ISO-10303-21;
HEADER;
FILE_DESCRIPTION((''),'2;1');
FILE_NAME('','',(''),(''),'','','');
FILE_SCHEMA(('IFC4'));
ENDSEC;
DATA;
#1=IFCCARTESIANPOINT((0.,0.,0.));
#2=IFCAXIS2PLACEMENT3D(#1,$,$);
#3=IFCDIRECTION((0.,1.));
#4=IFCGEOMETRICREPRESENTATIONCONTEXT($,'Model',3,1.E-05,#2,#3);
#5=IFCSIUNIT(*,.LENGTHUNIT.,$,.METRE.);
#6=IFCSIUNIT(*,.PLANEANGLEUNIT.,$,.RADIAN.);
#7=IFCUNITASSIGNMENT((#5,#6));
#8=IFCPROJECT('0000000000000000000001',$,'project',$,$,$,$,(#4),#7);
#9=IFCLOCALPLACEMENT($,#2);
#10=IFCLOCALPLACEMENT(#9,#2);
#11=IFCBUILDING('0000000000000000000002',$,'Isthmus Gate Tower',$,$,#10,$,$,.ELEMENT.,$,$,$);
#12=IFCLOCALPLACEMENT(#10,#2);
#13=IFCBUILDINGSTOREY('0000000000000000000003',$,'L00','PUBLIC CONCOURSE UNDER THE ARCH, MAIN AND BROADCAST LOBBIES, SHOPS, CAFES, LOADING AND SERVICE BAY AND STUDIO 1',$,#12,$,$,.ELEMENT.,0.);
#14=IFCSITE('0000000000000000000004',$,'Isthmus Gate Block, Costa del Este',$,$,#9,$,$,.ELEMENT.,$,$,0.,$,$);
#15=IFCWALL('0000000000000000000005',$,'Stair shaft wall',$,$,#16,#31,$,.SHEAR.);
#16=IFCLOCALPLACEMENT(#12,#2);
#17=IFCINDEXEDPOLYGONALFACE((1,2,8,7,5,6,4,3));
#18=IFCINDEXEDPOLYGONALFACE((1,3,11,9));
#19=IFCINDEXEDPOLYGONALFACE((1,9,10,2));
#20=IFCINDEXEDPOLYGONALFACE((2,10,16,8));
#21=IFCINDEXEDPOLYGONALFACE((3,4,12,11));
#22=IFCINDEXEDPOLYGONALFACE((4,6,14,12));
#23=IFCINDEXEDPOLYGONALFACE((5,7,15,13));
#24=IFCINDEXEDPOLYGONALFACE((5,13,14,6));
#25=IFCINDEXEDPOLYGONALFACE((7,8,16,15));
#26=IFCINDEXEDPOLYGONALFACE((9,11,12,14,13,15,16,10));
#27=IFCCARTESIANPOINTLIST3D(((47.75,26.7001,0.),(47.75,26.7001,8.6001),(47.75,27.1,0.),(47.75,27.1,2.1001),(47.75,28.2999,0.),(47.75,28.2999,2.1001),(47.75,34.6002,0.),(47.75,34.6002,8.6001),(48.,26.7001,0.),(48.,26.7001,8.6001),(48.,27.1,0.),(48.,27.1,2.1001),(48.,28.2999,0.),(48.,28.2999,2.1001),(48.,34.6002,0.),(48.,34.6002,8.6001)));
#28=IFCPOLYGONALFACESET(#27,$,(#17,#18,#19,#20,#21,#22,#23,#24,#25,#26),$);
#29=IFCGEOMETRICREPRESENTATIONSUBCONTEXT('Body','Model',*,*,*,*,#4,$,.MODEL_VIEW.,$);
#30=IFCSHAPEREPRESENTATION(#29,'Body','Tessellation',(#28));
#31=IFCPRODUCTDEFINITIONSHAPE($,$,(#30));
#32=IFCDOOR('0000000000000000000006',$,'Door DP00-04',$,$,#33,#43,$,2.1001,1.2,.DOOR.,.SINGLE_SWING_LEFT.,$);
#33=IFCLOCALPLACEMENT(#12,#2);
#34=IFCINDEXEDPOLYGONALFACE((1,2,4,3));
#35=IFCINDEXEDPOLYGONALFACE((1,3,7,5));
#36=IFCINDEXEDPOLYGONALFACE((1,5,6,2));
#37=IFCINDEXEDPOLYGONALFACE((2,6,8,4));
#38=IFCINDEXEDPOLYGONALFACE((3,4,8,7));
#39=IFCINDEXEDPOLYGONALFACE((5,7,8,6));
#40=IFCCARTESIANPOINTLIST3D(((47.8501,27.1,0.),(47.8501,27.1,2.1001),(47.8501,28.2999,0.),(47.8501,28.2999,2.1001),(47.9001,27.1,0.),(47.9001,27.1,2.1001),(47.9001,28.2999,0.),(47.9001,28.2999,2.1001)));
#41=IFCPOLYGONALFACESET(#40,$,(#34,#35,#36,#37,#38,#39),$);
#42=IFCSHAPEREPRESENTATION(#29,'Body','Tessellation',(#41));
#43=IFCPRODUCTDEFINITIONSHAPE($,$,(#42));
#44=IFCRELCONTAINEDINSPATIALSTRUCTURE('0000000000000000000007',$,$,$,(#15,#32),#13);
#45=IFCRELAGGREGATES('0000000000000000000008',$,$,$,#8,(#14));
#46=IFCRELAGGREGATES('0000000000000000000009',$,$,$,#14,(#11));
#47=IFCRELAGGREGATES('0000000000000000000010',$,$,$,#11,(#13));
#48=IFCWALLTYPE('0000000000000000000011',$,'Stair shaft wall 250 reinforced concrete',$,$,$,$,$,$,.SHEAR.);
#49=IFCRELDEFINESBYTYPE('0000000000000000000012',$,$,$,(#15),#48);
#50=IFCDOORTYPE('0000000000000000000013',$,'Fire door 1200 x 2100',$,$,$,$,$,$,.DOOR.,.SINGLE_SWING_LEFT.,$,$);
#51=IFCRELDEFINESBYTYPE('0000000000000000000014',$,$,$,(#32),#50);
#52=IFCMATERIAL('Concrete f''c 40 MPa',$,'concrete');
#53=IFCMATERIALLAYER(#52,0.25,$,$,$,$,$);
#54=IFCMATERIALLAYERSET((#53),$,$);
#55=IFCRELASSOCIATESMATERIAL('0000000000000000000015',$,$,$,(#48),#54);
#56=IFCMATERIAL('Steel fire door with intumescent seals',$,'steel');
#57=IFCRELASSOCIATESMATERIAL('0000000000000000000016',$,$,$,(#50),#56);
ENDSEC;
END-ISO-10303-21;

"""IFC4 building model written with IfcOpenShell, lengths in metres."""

from ifc_helpers import new_model, si_unit, direction, frame, frame_2d, origin, place, context, subcontext, project, spatial, rectangle, extrude, material, layer, layer_set, type_object, element, fill, save


model = new_model("IFC4")

# Units and contexts
model_context = context("Model", 3, precision=1e-05, world=origin(), true_north=direction((0.0, 1.0)))
body_context = subcontext(model_context, "Body", "Model", "MODEL_VIEW")
ifc_project = project(units=[si_unit("LENGTHUNIT", "METRE"), si_unit("PLANEANGLEUNIT", "RADIAN")], contexts=[model_context])

# Site, building, storey
site_placement = place(None, origin())
site = spatial("IfcSite", under=ifc_project, at=site_placement, Name="Isthmus Gate Block, Costa del Este", CompositionType="ELEMENT", RefElevation=0.0)
building_placement = place(site_placement, origin())
building = spatial("IfcBuilding", under=site, at=building_placement, Name="Isthmus Gate Tower", CompositionType="ELEMENT")
storey_placement = place(building_placement, origin())
storey = spatial("IfcBuildingStorey", under=building, at=storey_placement, Name="L00", Description="PUBLIC CONCOURSE UNDER THE ARCH, MAIN AND BROADCAST LOBBIES, SHOPS, CAFES, LOADING AND SERVICE BAY AND STUDIO 1", CompositionType="ELEMENT", Elevation=0.0)

# Shared definitions
ifc_material_1 = material(Name="Concrete f'c 40 MPa", Category="concrete")
ifc_layer_1 = layer(ifc_material_1, 0.25)
ifc_layer_set_1 = layer_set([ifc_layer_1])
wall_type_1 = type_object("IfcWallType", Name="Stair shaft wall 250 reinforced concrete", PredefinedType="SHEAR", material=ifc_layer_set_1)

# Wall, opening, door
wall_1_placement = place(storey_placement, frame((47.875, 26.7, 0.0), z_axis=(0.0, 0.0, 1.0), x_axis=(0.0, 1.0, 0.0)))
wall_1 = element("IfcWall", 1, at=wall_1_placement, inside=storey, type_object=wall_type_1, Name="Stair shaft wall", PredefinedType="SHEAR", context=body_context, shape_type="SweptSolid", body=[
    extrude(rectangle(XDim=7.9001, YDim=0.25, at=frame_2d((3.9502, 0.0))), origin(), (0.0, 0.0, 1.0), 8.6001),
])
opening_1_placement = place(wall_1_placement, frame((0.3999, 0.0, 0.0)))
opening_1 = element("IfcOpeningElement", 2, at=opening_1_placement, cuts=wall_1, PredefinedType="OPENING", context=body_context, shape_type="SweptSolid", body=[
    extrude(rectangle(XDim=1.2, YDim=2.1001, at=frame_2d((0.6001, 1.05))), frame((0.0, 0.135, 0.0), z_axis=(0.0, -1.0, 0.0), x_axis=(1.0, 0.0, 0.0)), (0.0, 0.0, 1.0), 0.27),
])
ifc_material_2 = material(Name="Steel fire door with intumescent seals", Category="steel")
door_type_1 = type_object("IfcDoorType", Name="Fire door 1200 x 2100", OperationType="SINGLE_SWING_LEFT", PredefinedType="DOOR", material=ifc_material_2)
door_1_placement = place(opening_1_placement, origin())
door_1 = element("IfcDoor", 3, at=door_1_placement, inside=storey, type_object=door_type_1, Name="Door DP00-04", OperationType="SINGLE_SWING_LEFT", OverallHeight=2.1001, OverallWidth=1.2, PredefinedType="DOOR", context=body_context, shape_type="SweptSolid", body=[
    extrude(rectangle(XDim=1.2, YDim=2.1001, at=frame_2d((0.6001, 1.05))), frame((0.0, 0.0249, 0.0), z_axis=(0.0, -1.0, 0.0), x_axis=(1.0, 0.0, 0.0)), (0.0, 0.0, 1.0), 0.05),
])
fill(opening_1, door_1)

save(model, "model.ifc")
